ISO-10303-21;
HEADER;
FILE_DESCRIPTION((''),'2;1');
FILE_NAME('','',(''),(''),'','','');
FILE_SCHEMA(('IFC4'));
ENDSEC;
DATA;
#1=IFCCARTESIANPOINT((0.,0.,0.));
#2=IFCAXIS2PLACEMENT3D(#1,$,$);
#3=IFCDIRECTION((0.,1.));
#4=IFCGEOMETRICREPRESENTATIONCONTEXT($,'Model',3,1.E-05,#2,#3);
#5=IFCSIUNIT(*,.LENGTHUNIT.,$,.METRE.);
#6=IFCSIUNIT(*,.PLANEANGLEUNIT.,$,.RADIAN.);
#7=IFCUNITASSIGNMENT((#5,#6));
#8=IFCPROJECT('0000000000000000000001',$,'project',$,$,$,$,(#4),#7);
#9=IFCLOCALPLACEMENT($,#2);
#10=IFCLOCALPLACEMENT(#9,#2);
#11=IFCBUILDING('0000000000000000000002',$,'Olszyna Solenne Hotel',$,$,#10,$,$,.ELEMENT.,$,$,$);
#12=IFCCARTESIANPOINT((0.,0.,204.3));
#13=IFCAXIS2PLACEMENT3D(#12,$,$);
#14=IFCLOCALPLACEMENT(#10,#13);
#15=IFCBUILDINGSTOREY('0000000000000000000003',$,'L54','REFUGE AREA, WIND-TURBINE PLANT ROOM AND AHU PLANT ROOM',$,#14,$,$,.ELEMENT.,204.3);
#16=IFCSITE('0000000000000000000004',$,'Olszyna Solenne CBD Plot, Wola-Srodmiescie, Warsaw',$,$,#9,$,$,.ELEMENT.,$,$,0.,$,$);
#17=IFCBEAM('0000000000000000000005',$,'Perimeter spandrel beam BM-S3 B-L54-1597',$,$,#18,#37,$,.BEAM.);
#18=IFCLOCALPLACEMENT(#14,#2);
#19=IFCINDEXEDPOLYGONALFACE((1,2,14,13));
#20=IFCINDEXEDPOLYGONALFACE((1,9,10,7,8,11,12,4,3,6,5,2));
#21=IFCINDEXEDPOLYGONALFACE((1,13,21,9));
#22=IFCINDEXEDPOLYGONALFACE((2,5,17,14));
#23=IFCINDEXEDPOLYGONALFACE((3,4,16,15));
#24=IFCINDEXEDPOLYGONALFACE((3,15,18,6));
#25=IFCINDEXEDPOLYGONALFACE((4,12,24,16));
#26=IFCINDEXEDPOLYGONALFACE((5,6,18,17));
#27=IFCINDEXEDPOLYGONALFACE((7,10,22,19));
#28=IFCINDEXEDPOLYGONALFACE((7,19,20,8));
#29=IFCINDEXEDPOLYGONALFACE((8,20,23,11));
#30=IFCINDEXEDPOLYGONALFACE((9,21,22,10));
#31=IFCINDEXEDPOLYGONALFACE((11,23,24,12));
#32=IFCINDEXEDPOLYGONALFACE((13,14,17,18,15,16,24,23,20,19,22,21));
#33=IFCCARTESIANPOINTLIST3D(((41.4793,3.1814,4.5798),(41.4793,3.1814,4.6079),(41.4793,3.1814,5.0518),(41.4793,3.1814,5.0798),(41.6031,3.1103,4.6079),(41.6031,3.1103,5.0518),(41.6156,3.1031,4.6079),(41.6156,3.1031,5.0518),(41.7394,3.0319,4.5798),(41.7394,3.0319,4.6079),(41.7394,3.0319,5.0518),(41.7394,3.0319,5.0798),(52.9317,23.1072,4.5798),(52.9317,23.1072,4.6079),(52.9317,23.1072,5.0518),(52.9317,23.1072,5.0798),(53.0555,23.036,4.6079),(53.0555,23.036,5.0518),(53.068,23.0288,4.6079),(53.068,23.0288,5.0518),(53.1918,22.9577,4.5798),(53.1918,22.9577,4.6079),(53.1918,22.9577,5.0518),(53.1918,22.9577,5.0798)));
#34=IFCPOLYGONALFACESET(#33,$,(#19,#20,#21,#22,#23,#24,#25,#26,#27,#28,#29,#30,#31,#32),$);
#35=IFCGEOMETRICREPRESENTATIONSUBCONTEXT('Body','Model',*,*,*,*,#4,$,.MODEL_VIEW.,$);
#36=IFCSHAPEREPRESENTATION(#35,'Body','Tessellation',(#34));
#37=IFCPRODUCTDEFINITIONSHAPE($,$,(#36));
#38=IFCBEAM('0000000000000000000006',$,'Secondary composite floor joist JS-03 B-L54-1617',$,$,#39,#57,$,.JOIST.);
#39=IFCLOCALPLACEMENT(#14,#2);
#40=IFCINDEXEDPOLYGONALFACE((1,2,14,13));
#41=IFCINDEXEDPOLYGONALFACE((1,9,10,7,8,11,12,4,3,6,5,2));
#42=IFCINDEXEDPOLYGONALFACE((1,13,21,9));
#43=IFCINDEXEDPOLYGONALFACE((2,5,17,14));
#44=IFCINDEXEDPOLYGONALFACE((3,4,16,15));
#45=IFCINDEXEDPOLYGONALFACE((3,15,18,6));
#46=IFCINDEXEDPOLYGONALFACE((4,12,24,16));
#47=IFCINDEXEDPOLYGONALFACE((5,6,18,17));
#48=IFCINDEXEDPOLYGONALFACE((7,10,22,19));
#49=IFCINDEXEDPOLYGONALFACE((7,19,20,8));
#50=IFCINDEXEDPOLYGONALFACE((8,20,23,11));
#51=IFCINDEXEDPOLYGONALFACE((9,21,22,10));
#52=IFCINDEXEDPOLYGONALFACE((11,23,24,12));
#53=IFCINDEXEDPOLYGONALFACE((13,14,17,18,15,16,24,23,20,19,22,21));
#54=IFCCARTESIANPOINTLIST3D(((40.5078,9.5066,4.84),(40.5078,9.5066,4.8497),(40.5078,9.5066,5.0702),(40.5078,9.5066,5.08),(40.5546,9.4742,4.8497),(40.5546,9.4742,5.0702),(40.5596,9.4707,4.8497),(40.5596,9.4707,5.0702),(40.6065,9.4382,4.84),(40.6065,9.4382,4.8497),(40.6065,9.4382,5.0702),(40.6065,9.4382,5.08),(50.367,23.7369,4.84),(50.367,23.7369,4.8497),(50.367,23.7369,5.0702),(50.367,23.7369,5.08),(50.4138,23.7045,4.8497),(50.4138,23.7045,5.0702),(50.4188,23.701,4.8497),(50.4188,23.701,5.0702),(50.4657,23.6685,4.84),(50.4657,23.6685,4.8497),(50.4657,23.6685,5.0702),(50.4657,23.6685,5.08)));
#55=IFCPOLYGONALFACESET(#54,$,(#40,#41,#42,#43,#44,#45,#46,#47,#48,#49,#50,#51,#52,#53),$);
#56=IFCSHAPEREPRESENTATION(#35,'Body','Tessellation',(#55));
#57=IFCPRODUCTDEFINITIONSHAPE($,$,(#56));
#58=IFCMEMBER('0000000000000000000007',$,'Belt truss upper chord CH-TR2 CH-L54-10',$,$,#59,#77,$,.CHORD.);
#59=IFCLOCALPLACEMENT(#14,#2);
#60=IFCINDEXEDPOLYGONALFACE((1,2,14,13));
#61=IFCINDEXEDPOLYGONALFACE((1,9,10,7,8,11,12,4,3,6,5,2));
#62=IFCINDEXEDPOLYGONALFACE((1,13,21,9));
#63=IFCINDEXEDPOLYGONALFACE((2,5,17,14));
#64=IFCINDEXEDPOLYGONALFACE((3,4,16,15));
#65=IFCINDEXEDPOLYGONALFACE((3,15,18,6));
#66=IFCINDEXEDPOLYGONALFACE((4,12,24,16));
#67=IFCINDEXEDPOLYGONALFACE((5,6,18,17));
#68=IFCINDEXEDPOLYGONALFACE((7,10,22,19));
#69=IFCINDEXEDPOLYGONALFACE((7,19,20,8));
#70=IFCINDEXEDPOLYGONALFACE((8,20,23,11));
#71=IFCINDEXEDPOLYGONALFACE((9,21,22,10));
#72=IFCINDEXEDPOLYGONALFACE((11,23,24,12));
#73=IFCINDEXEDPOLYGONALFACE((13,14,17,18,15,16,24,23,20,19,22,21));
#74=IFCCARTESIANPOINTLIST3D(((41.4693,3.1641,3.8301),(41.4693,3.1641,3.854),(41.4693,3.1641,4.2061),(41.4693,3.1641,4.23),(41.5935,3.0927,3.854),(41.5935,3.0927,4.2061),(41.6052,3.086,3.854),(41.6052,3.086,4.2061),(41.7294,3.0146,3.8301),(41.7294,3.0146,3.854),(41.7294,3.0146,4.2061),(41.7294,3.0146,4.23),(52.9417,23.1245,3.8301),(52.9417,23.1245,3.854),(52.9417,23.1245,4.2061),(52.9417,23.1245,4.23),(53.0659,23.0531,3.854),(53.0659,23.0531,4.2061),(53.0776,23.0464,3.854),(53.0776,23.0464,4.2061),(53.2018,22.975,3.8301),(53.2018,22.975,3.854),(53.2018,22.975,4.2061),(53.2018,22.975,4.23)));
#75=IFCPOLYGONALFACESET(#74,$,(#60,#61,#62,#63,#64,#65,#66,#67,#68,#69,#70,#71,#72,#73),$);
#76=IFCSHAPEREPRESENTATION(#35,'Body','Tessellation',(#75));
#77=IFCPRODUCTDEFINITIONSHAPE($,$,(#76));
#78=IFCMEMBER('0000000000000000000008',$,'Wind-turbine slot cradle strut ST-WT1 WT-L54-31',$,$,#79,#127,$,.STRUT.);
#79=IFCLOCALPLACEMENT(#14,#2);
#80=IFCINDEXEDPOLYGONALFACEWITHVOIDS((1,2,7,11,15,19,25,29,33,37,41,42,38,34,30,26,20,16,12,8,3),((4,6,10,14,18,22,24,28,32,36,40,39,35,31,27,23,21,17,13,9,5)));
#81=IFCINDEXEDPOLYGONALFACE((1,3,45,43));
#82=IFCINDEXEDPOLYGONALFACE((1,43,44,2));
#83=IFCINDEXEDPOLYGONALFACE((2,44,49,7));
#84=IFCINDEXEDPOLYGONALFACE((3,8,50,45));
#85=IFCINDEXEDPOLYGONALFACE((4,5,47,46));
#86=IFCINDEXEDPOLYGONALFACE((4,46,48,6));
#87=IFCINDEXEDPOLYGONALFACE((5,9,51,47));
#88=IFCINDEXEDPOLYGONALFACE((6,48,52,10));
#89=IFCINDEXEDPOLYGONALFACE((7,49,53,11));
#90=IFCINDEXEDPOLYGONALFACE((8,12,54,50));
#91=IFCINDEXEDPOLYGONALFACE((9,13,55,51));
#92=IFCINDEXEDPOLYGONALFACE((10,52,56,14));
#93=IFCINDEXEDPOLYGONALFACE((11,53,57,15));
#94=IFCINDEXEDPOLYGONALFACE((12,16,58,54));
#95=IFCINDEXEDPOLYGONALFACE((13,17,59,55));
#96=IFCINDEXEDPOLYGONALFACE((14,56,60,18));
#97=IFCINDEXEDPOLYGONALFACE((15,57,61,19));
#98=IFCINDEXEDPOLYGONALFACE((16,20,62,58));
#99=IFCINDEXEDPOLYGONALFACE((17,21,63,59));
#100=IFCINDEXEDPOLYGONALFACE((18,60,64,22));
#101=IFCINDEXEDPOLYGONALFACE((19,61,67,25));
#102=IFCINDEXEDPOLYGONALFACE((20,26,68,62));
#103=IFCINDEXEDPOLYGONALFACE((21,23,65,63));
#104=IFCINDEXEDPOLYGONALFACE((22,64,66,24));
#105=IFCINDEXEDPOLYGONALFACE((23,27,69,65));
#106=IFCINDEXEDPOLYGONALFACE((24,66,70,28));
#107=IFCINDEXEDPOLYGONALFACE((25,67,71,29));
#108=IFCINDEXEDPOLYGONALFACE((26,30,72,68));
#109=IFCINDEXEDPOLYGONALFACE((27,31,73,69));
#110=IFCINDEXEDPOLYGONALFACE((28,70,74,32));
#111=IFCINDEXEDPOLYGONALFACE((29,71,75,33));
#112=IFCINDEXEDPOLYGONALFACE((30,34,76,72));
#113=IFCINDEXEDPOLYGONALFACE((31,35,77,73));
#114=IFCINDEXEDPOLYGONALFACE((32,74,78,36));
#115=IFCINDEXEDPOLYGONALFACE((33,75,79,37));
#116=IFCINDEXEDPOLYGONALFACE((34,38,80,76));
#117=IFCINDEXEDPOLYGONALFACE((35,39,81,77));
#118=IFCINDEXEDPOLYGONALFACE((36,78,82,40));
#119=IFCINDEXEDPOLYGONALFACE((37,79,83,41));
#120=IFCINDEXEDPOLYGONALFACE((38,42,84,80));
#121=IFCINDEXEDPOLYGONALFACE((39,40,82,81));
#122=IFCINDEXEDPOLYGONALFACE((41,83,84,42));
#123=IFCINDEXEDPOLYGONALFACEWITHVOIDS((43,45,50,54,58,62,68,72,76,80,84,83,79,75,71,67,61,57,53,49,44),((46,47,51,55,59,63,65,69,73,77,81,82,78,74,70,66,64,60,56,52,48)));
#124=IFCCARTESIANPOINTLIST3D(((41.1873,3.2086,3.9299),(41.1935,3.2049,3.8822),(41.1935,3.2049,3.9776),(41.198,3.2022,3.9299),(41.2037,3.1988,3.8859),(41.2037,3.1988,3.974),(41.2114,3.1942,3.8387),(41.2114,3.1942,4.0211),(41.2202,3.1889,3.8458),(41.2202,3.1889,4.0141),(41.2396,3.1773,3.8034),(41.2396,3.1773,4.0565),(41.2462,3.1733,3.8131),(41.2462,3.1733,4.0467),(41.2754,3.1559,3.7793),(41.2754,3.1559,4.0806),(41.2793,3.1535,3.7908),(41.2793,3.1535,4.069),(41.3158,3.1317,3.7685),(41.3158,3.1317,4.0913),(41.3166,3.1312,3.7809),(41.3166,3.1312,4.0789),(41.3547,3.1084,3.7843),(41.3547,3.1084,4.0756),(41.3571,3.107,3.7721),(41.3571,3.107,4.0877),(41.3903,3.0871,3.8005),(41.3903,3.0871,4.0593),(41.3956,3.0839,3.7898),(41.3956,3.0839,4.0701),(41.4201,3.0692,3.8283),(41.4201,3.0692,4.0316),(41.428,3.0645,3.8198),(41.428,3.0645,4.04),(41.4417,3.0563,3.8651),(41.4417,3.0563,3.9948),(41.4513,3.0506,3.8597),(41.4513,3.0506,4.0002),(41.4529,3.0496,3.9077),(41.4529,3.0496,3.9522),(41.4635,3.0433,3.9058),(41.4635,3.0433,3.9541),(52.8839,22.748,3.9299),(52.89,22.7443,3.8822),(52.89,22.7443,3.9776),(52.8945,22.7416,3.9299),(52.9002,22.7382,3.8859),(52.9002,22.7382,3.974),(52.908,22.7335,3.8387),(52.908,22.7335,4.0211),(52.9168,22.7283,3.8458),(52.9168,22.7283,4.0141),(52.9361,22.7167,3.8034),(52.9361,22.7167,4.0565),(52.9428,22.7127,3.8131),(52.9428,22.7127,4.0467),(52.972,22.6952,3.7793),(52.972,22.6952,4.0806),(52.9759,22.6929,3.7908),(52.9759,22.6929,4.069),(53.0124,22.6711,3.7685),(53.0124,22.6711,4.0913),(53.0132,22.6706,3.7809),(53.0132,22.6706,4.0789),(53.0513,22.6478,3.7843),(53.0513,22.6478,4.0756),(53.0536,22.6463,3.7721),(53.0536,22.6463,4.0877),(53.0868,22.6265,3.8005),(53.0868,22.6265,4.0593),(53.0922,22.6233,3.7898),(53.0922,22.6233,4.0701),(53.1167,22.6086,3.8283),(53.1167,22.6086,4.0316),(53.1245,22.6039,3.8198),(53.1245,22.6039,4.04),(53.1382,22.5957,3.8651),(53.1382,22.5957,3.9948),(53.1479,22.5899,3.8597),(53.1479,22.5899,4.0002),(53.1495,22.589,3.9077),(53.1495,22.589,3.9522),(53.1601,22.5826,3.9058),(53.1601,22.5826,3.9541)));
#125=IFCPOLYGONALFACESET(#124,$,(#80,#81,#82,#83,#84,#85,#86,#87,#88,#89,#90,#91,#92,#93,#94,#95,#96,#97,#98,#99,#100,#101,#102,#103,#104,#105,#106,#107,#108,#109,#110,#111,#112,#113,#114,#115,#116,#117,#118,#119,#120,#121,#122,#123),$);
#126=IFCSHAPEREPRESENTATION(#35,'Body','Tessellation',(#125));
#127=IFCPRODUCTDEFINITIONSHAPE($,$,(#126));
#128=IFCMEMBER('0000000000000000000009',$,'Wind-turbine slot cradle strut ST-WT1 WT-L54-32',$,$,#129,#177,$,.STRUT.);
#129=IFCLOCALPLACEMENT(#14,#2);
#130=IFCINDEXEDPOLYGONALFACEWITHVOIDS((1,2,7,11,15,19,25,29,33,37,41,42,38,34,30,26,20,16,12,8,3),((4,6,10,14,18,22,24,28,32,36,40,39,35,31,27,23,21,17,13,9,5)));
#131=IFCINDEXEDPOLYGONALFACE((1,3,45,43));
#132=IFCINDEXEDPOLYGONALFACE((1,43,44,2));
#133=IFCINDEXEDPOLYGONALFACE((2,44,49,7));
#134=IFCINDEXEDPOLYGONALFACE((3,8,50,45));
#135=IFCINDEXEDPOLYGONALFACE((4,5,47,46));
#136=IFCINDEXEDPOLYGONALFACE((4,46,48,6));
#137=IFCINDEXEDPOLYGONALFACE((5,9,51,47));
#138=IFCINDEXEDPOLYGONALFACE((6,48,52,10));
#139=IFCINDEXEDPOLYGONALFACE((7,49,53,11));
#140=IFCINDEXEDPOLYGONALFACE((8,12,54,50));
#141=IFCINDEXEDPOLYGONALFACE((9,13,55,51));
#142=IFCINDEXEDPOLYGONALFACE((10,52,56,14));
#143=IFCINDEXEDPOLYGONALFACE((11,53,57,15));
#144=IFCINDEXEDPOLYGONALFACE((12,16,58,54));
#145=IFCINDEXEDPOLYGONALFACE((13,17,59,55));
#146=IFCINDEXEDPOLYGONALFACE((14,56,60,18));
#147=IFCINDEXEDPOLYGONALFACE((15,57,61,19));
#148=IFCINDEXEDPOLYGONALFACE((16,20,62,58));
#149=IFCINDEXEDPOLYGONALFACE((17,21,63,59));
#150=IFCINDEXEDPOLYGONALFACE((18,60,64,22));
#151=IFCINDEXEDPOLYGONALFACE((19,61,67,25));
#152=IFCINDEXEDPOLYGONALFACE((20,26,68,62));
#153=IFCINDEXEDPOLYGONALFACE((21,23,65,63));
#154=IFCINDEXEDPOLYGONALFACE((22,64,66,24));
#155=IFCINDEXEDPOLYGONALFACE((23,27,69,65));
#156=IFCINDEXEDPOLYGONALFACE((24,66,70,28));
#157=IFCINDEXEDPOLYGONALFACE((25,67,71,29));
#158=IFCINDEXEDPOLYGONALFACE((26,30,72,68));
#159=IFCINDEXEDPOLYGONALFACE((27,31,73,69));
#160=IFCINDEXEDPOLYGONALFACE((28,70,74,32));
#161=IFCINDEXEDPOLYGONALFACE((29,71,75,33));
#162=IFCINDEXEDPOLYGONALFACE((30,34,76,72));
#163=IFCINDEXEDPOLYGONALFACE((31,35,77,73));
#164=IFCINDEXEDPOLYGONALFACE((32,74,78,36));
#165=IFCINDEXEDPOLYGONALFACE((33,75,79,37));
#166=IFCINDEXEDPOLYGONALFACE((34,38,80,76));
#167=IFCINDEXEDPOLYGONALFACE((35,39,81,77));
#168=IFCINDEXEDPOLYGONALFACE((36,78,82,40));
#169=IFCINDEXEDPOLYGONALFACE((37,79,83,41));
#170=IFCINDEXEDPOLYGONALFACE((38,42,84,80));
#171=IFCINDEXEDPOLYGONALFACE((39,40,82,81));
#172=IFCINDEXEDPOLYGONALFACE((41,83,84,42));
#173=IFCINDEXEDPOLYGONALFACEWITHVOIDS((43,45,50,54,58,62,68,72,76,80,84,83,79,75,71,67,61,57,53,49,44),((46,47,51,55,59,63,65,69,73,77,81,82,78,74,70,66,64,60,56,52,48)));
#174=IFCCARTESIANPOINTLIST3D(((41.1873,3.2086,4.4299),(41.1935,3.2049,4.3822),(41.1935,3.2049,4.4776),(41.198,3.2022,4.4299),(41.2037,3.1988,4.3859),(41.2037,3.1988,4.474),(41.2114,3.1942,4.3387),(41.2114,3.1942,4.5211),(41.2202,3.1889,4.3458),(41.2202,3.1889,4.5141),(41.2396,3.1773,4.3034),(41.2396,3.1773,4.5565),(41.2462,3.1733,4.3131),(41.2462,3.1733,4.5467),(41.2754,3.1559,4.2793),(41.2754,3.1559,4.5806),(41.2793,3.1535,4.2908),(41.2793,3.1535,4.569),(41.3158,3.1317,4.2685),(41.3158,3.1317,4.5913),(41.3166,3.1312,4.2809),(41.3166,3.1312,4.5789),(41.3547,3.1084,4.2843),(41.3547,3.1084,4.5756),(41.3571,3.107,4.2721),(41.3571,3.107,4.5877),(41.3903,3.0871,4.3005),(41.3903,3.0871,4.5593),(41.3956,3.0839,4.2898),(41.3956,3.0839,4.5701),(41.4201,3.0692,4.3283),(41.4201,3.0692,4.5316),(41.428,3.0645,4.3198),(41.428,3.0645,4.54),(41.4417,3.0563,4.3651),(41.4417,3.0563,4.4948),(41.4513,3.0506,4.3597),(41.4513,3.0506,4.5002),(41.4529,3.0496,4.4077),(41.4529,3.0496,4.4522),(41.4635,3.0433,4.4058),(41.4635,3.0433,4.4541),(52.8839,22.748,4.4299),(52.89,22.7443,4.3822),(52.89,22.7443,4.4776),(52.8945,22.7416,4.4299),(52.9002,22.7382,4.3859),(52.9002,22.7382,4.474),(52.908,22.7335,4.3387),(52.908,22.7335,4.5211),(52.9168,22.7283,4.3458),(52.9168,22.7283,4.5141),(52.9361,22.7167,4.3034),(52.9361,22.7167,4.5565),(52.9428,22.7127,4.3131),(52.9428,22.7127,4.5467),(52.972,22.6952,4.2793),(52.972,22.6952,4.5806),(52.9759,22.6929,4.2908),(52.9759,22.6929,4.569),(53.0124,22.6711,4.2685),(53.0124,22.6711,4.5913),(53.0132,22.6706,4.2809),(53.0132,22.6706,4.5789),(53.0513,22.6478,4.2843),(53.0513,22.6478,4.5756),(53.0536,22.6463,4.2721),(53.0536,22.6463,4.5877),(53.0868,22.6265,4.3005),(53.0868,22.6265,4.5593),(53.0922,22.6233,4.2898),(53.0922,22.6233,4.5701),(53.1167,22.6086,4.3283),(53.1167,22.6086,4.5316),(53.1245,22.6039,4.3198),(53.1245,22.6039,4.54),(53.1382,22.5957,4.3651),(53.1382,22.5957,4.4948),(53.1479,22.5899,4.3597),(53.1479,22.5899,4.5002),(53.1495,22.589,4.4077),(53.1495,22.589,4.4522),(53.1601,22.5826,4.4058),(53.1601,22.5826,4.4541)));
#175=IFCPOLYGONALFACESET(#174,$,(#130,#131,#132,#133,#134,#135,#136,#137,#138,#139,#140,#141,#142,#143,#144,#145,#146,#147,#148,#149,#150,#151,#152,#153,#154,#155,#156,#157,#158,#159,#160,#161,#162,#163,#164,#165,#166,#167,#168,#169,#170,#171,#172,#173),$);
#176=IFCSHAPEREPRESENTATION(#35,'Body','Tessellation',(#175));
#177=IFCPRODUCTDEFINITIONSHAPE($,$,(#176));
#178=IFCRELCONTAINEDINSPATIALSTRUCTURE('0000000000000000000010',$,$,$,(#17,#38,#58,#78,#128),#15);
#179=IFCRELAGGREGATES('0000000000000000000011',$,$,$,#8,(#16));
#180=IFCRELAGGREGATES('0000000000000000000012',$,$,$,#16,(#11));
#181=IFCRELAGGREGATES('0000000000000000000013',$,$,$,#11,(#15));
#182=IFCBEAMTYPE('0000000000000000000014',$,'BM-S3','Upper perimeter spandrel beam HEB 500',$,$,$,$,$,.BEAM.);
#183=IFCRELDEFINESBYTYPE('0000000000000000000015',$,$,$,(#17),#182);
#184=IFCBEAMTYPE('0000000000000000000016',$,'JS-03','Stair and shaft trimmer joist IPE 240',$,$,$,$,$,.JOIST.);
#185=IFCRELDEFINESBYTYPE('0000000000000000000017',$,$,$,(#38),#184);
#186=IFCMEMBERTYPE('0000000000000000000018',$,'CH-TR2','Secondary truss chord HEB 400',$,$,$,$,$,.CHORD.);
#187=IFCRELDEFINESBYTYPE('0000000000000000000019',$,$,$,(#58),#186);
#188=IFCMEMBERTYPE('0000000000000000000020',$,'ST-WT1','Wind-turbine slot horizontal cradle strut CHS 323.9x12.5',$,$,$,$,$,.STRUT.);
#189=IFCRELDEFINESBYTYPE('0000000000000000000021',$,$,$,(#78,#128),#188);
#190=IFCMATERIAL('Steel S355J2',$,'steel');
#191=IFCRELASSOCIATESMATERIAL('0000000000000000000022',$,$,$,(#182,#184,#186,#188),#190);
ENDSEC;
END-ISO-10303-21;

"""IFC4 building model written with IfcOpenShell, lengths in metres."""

from ifc_helpers import new_model, si_unit, direction, frame, origin, origin_2d, place, context, subcontext, project, spatial, hollow_circle, i_section, extrude, source, transform, mapped, material, material_profile, profile_set, type_object, element, save


model = new_model("IFC4")

# Units and contexts
model_context = context("Model", 3, precision=1e-05, world=origin(), true_north=direction((0.0, 1.0)))
body_context = subcontext(model_context, "Body", "Model", "MODEL_VIEW")
ifc_project = project(units=[si_unit("LENGTHUNIT", "METRE"), si_unit("PLANEANGLEUNIT", "RADIAN")], contexts=[model_context])

# Site, building, storey
site_placement = place(None, origin())
site = spatial("IfcSite", under=ifc_project, at=site_placement, Name="Olszyna Solenne CBD Plot, Wola-Srodmiescie, Warsaw", CompositionType="ELEMENT", RefElevation=0.0)
building_placement = place(site_placement, origin())
building = spatial("IfcBuilding", under=site, at=building_placement, Name="Olszyna Solenne Hotel", CompositionType="ELEMENT")
storey_placement = place(building_placement, frame((0.0, 0.0, 204.3)))
storey = spatial("IfcBuildingStorey", under=building, at=storey_placement, Name="L54", Description="REFUGE AREA, WIND-TURBINE PLANT ROOM AND AHU PLANT ROOM", CompositionType="ELEMENT", Elevation=204.3)

# Beams
ifc_material_1 = material(Name="Steel S355J2", Category="steel")
ifc_material_profile_1 = material_profile(ifc_material_1, i_section(OverallWidth=0.3, OverallDepth=0.5, WebThickness=0.0144, FlangeThickness=0.0281, at=origin_2d()), Name="HEB 500", Category="load-bearing")
ifc_profile_set_1 = profile_set([ifc_material_profile_1], Name="Steel S355J2")
beam_type_1 = type_object("IfcBeamType", Name="BM-S3", Description="Upper perimeter spandrel beam HEB 500", PredefinedType="BEAM", material=ifc_profile_set_1)
shared_shape_1 = source(origin(), body_context, "Body", "SweptSolid", [
    extrude(i_section(OverallWidth=0.3, OverallDepth=0.5, WebThickness=0.0144, FlangeThickness=0.0281, at=origin_2d()), origin(), (0.0, 0.0, 1.0), 22.9824),
])
beam_1_placement = place(storey_placement, frame((41.6094, 3.1067, 4.8298), z_axis=(0.49831, 0.866999, 0.0), x_axis=(-0.866999, 0.49831, 0.0)))
element("IfcBeam", 1, at=beam_1_placement, inside=storey, type_object=beam_type_1, Name="Perimeter spandrel beam BM-S3 B-L54-1597", PredefinedType="BEAM", context=body_context, shape_type="MappedRepresentation", body=[
    mapped(shared_shape_1, transform((0.0, 0.0, 0.0), x_axis=(1.0, 0.0, 0.0), y_axis=(0.0, 1.0, 0.0), z_axis=(0.0, 0.0, 1.0), scale=1.0)),
])
ifc_material_profile_2 = material_profile(ifc_material_1, i_section(OverallWidth=0.1201, OverallDepth=0.24, WebThickness=0.0061, FlangeThickness=0.0098, at=origin_2d()), Name="IPE 240", Category="load-bearing")
ifc_profile_set_2 = profile_set([ifc_material_profile_2], Name="Steel S355J2")
beam_type_2 = type_object("IfcBeamType", Name="JS-03", Description="Stair and shaft trimmer joist IPE 240", PredefinedType="JOIST", material=ifc_profile_set_2)
shared_shape_2 = source(origin(), body_context, "Body", "SweptSolid", [
    extrude(i_section(OverallWidth=0.1201, OverallDepth=0.24, WebThickness=0.0061, FlangeThickness=0.0098, at=origin_2d()), origin(), (0.0, 0.0, 1.0), 17.312),
])
beam_2_placement = place(storey_placement, frame((40.5571, 9.4724, 4.96), z_axis=(0.5695, 0.821991, 0.0), x_axis=(-0.821991, 0.5695, 0.0)))
element("IfcBeam", 2, at=beam_2_placement, inside=storey, type_object=beam_type_2, Name="Secondary composite floor joist JS-03 B-L54-1617", PredefinedType="JOIST", context=body_context, shape_type="MappedRepresentation", body=[
    mapped(shared_shape_2, transform((0.0, 0.0, 0.0), x_axis=(1.0, 0.0, 0.0), y_axis=(0.0, 1.0, 0.0), z_axis=(0.0, 0.0, 1.0), scale=1.0)),
])

# Members
ifc_material_profile_3 = material_profile(ifc_material_1, i_section(OverallWidth=0.3, OverallDepth=0.3999, WebThickness=0.0134, FlangeThickness=0.0239, at=origin_2d()), Name="HEB 400", Category="load-bearing")
ifc_profile_set_3 = profile_set([ifc_material_profile_3], Name="Steel S355J2")
member_type_1 = type_object("IfcMemberType", Name="CH-TR2", Description="Secondary truss chord HEB 400", PredefinedType="CHORD", material=ifc_profile_set_3)
shared_shape_3 = source(origin(), body_context, "Body", "SweptSolid", [
    extrude(i_section(OverallWidth=0.3, OverallDepth=0.3999, WebThickness=0.0134, FlangeThickness=0.0239, at=origin_2d()), origin(), (0.0, 0.0, 1.0), 23.0225),
])
member_placement = place(storey_placement, frame((41.5994, 3.0894, 4.03), z_axis=(0.498313, 0.866997, 0.0), x_axis=(-0.866997, 0.498313, 0.0)))
element("IfcMember", 3, at=member_placement, inside=storey, type_object=member_type_1, Name="Belt truss upper chord CH-TR2 CH-L54-10", PredefinedType="CHORD", context=body_context, shape_type="MappedRepresentation", body=[
    mapped(shared_shape_3, transform((0.0, 0.0, 0.0), x_axis=(1.0, 0.0, 0.0), y_axis=(0.0, 1.0, 0.0), z_axis=(0.0, 0.0, 1.0), scale=1.0)),
])
ifc_material_profile_4 = material_profile(ifc_material_1, hollow_circle(Radius=0.1619, WallThickness=0.0125, at=origin_2d()), Name="CHS 323.9x12.5", Category="load-bearing")
ifc_profile_set_4 = profile_set([ifc_material_profile_4], Name="Steel S355J2")
member_type_2 = type_object("IfcMemberType", Name="ST-WT1", Description="Wind-turbine slot horizontal cradle strut CHS 323.9x12.5", PredefinedType="STRUT", material=ifc_profile_set_4)
shared_shape_4 = source(origin(), body_context, "Body", "SweptSolid", [
    extrude(hollow_circle(Radius=0.1619, WallThickness=0.0125, at=origin_2d()), origin(), (0.0, 0.0, 1.0), 22.7727),
])
for number, where, z_axis, x_axis, name in (
    (4, (41.3262, 3.1255, 3.9299), (0.513622, 0.858017, 0.0), (-0.858017, 0.513622, 0.0), "Wind-turbine slot cradle strut ST-WT1 WT-L54-31"),
    (5, (41.3262, 3.1255, 4.4299), (0.513622, 0.858017, 0.0), (-0.858017, 0.513622, 0.0), "Wind-turbine slot cradle strut ST-WT1 WT-L54-32"),
):
    element("IfcMember", number, at=place(storey_placement, frame(where, z_axis=z_axis, x_axis=x_axis)), inside=storey, type_object=member_type_2, Name=name, PredefinedType="STRUT", context=body_context, shape_type="MappedRepresentation", body=[
        mapped(shared_shape_4, transform((0.0, 0.0, 0.0), x_axis=(1.0, 0.0, 0.0), y_axis=(0.0, 1.0, 0.0), z_axis=(0.0, 0.0, 1.0), scale=1.0)),
    ])

save(model, "model.ifc")
